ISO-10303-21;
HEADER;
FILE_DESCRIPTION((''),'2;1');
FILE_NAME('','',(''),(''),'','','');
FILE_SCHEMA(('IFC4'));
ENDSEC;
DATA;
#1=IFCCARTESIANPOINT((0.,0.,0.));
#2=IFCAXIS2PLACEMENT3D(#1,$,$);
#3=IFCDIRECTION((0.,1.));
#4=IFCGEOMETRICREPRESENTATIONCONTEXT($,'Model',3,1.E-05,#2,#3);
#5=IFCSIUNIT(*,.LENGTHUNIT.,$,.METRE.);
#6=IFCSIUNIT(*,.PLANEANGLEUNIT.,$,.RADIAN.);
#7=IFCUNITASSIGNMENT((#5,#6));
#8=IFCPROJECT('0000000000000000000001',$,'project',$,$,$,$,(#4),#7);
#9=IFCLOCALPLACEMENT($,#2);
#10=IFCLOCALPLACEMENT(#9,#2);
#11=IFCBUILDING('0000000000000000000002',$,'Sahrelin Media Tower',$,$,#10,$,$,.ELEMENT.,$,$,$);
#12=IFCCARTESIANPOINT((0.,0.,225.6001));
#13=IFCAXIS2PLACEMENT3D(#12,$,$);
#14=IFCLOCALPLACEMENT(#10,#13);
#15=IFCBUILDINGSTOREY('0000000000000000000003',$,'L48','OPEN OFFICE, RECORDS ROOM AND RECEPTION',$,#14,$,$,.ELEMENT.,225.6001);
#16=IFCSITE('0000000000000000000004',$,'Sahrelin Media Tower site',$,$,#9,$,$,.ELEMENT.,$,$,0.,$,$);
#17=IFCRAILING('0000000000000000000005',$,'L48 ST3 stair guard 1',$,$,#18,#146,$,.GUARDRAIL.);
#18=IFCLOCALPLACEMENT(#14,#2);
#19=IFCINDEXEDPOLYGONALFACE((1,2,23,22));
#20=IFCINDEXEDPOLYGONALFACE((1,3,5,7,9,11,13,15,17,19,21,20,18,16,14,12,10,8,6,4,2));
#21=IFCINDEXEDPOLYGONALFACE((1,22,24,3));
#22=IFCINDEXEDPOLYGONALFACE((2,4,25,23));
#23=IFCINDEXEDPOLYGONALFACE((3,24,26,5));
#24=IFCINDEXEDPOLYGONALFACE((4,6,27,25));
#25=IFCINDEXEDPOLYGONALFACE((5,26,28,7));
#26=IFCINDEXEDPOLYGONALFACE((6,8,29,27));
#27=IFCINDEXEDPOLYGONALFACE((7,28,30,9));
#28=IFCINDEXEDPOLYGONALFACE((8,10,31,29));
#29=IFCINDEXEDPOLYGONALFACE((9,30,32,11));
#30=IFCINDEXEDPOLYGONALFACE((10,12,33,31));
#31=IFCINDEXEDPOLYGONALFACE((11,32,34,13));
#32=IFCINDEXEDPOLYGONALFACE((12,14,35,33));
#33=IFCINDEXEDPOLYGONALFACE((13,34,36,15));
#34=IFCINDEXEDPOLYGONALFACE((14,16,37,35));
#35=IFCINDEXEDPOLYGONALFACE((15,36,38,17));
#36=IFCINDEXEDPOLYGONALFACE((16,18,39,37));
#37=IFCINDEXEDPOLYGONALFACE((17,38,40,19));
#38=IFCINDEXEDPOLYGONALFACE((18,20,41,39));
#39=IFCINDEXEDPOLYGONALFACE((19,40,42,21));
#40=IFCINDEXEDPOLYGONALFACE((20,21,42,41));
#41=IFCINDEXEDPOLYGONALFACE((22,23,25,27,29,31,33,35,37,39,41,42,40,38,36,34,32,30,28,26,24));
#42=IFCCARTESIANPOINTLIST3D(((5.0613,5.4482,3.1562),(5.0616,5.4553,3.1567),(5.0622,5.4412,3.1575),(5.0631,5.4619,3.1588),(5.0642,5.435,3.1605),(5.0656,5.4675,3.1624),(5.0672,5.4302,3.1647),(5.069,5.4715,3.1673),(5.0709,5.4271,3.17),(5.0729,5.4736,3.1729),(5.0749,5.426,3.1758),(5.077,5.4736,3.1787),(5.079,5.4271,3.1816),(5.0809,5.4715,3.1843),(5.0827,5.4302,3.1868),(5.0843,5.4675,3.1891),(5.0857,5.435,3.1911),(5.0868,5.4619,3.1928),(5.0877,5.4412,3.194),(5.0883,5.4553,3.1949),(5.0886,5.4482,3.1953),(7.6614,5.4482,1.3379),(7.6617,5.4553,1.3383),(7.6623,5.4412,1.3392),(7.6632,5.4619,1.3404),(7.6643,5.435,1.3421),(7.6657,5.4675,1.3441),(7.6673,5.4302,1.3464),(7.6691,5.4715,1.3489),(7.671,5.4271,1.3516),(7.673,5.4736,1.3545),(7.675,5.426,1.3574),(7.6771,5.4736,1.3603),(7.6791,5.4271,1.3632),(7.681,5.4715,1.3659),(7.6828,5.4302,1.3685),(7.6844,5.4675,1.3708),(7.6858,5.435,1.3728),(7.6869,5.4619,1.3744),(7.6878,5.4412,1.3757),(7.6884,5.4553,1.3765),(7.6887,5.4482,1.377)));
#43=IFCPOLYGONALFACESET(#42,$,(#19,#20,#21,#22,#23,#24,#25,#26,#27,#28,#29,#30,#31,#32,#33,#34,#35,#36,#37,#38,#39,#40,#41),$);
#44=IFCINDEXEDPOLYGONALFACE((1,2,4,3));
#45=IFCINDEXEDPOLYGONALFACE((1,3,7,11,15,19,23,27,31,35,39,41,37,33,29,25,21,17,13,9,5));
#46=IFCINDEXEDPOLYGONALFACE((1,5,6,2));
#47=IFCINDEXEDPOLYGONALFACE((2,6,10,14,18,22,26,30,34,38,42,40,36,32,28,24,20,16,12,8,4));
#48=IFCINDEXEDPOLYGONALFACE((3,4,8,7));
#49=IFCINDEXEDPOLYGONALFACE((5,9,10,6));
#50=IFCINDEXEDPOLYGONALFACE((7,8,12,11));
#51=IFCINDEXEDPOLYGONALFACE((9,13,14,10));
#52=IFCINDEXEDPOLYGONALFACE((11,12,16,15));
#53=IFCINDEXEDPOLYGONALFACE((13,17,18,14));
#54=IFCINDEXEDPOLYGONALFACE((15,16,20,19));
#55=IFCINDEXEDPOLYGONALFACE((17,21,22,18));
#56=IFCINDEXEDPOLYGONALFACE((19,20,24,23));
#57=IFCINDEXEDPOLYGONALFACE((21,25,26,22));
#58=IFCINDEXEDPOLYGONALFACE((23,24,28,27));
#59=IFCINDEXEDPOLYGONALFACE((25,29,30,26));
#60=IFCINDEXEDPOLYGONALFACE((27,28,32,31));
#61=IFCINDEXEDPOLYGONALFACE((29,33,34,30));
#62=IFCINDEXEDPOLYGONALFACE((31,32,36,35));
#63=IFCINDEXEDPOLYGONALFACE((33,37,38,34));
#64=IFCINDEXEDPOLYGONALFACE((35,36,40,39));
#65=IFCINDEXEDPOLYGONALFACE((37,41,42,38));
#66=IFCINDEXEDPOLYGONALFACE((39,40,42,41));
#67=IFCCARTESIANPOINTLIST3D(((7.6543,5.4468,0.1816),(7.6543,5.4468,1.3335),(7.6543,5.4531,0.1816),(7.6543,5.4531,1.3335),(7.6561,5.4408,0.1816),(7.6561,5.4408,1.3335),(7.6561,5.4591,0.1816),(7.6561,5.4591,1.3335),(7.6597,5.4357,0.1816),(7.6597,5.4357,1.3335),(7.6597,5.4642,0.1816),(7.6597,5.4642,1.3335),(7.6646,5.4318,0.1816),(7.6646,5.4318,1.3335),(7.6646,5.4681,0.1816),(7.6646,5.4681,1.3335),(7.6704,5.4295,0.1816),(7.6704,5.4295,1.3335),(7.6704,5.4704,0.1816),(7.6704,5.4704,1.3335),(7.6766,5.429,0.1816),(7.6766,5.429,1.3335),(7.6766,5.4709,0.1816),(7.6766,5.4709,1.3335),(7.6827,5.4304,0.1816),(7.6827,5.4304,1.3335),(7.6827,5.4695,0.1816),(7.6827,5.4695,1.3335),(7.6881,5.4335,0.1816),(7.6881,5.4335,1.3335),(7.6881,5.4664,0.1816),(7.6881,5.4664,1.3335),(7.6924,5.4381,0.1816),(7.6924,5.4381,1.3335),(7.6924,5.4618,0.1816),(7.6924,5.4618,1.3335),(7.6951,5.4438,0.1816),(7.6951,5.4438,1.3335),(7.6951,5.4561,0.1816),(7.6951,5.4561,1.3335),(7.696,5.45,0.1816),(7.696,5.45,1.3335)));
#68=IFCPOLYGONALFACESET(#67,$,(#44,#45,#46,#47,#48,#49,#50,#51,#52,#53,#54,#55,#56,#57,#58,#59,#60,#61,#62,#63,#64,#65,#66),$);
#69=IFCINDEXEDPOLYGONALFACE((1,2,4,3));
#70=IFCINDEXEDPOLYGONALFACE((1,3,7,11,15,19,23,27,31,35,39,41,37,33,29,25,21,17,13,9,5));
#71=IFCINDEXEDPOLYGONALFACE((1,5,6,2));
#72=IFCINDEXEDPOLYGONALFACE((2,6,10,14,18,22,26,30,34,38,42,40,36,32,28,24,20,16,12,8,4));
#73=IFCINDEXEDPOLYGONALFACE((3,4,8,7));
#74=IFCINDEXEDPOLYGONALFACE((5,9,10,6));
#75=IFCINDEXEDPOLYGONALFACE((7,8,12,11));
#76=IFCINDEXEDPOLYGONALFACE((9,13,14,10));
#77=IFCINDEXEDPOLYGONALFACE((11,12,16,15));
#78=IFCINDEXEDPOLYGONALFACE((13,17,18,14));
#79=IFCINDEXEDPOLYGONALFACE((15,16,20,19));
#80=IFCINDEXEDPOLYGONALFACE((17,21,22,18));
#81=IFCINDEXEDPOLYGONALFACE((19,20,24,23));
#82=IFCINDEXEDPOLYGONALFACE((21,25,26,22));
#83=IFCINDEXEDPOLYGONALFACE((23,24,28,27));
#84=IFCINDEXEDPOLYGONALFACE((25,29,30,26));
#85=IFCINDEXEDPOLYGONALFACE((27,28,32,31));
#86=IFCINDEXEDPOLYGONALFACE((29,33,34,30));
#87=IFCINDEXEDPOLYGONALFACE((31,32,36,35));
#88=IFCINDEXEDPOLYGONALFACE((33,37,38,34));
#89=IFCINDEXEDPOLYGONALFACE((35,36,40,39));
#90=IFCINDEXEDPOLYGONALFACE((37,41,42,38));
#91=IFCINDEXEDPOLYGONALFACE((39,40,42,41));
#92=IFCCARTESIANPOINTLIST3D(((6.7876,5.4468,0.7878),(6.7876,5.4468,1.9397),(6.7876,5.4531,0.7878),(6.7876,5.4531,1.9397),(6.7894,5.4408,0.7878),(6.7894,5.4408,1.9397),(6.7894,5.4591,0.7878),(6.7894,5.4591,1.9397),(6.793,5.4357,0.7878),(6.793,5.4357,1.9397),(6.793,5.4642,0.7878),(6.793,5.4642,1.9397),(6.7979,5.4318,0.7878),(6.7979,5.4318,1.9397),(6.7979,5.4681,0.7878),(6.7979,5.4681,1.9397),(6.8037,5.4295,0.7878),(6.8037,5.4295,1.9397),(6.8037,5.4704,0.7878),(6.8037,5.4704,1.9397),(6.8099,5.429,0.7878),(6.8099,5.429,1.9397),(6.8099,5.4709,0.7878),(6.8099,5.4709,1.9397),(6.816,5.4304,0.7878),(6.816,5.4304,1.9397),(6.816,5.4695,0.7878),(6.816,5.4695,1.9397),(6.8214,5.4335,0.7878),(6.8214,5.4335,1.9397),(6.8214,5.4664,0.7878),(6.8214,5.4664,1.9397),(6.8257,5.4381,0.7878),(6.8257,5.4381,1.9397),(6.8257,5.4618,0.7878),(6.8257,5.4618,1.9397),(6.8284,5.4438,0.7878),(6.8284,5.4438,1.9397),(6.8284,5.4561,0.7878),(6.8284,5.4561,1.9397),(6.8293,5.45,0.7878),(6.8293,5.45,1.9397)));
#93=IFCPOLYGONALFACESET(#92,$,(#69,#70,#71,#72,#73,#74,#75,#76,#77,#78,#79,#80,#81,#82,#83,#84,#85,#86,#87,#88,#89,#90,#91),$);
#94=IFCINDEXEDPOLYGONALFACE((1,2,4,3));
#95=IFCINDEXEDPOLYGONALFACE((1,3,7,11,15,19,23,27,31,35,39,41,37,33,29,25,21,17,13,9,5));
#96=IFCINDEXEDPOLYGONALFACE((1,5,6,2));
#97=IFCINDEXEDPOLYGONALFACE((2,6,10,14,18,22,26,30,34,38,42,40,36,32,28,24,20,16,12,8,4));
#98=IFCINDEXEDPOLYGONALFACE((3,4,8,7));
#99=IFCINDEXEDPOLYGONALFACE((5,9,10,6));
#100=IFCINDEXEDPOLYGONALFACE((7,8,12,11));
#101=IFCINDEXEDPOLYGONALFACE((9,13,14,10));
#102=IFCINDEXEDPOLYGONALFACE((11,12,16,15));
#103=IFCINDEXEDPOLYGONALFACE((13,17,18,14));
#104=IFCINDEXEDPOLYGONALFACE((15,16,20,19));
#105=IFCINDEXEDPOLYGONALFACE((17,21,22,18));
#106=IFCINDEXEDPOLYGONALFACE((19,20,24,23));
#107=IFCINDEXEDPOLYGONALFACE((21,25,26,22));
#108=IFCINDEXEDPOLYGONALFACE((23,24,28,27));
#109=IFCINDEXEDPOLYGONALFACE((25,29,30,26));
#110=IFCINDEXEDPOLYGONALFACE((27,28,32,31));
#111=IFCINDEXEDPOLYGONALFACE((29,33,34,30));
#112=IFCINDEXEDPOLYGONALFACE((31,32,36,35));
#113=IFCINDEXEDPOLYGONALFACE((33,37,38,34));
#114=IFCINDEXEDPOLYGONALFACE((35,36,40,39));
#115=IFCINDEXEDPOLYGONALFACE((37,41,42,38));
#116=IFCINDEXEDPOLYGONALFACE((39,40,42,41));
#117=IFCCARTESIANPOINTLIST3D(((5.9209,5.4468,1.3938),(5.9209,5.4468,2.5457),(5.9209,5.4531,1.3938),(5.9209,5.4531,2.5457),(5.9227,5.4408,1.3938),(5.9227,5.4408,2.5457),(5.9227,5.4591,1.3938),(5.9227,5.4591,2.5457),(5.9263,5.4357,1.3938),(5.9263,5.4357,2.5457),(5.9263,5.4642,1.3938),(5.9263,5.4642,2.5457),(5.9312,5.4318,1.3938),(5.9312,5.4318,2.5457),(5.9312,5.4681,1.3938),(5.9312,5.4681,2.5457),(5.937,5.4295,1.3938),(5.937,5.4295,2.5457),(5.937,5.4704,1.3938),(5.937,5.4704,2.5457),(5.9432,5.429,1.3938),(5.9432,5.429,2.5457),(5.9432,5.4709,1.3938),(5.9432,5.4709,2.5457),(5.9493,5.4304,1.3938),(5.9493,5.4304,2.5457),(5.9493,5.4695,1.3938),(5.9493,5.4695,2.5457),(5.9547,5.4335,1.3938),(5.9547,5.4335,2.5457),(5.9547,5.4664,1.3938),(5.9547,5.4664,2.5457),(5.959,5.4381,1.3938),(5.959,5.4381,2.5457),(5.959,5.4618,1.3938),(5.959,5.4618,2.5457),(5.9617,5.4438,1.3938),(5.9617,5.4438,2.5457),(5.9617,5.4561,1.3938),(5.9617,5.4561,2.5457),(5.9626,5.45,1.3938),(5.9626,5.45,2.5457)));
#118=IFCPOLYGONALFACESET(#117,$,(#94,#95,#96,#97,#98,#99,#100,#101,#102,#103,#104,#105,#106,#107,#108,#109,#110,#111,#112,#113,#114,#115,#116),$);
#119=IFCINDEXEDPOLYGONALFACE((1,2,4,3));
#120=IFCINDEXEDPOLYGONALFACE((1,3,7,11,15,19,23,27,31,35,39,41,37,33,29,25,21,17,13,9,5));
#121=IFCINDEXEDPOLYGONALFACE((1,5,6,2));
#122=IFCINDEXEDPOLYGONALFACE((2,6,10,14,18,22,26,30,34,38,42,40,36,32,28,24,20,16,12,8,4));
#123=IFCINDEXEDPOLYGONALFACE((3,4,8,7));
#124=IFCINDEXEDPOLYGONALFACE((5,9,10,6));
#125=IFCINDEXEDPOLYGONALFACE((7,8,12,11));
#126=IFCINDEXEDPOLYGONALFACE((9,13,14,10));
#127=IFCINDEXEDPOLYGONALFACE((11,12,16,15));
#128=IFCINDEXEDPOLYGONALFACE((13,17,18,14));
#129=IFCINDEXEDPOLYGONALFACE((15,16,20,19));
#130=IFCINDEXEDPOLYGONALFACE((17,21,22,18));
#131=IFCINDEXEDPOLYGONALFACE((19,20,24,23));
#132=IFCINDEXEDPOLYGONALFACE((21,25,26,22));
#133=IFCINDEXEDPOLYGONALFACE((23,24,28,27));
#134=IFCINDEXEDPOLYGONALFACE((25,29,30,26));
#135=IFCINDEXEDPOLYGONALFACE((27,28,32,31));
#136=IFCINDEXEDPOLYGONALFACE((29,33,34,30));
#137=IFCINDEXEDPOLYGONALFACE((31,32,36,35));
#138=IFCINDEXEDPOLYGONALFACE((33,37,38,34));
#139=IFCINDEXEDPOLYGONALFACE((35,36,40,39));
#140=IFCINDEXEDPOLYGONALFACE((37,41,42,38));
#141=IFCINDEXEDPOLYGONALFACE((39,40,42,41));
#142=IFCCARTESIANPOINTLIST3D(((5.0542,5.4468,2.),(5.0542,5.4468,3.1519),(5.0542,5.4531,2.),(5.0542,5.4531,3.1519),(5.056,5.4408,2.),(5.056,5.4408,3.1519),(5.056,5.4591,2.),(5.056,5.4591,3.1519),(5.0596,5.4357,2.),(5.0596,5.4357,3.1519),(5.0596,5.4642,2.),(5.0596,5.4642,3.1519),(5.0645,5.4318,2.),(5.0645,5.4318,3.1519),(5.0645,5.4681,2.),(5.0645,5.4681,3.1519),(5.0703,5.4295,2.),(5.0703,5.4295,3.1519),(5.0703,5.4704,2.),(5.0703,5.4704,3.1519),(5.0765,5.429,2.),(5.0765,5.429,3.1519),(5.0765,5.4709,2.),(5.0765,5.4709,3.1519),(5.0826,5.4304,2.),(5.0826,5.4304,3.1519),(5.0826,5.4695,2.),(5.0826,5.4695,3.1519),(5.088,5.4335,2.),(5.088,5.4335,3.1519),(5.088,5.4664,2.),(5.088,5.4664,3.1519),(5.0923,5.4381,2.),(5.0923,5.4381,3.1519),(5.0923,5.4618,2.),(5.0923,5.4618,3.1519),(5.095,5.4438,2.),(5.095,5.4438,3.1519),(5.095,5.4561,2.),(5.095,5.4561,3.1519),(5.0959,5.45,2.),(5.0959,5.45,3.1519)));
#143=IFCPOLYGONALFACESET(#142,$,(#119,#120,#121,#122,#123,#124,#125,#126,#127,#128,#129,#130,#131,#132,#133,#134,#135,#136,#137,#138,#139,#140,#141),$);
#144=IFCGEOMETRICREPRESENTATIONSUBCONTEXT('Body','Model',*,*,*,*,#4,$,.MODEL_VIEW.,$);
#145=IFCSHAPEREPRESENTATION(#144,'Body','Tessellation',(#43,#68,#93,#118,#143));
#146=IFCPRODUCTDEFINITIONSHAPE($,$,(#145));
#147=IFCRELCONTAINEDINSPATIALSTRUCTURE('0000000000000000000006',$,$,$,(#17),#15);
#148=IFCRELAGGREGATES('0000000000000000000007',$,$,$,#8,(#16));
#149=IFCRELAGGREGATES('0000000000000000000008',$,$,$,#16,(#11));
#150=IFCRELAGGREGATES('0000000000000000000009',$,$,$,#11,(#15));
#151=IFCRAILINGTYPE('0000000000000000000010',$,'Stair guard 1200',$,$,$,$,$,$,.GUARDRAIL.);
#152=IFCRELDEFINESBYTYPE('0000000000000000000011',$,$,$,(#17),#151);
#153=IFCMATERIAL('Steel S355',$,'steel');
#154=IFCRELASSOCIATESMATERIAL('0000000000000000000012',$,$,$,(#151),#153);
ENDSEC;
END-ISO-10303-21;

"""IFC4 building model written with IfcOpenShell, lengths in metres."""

from ifc_helpers import new_model, si_unit, direction, frame, origin, origin_2d, place, context, subcontext, project, spatial, circle, extrude, material, type_object, element, save


model = new_model("IFC4")

# Units and contexts
model_context = context("Model", 3, precision=1e-05, world=origin(), true_north=direction((0.0, 1.0)))
body_context = subcontext(model_context, "Body", "Model", "MODEL_VIEW")
ifc_project = project(units=[si_unit("LENGTHUNIT", "METRE"), si_unit("PLANEANGLEUNIT", "RADIAN")], contexts=[model_context])

# Site, building, storey
site_placement = place(None, origin())
site = spatial("IfcSite", under=ifc_project, at=site_placement, Name="Sahrelin Media Tower site", CompositionType="ELEMENT", RefElevation=0.0)
building_placement = place(site_placement, origin())
building = spatial("IfcBuilding", under=site, at=building_placement, Name="Sahrelin Media Tower", CompositionType="ELEMENT")
storey_placement = place(building_placement, frame((0.0, 0.0, 225.6001)))
storey = spatial("IfcBuildingStorey", under=building, at=storey_placement, Name="L48", Description="OPEN OFFICE, RECORDS ROOM AND RECEPTION", CompositionType="ELEMENT", Elevation=225.6001)

# Shared definitions
ifc_material_1 = material(Name="Steel S355", Category="steel")

# Railing
railing_type_1 = type_object("IfcRailingType", Name="Stair guard 1200", PredefinedType="GUARDRAIL", material=ifc_material_1)
railing_1_placement = place(storey_placement, frame((7.675, 5.45, 0.1816)))
element("IfcRailing", 1, at=railing_1_placement, inside=storey, type_object=railing_type_1, Name="L48 ST3 stair guard 1", PredefinedType="GUARDRAIL", context=body_context, shape_type="SweptSolid", body=[
    extrude(circle(Radius=0.0239, at=origin_2d()), frame((0.0, 0.0, 1.1758), z_axis=(-0.819485, 0.0, 0.573101), x_axis=(0.0, -1.0, 0.0)), (0.0, 0.0, 1.0), 3.1729),
    extrude(circle(Radius=0.021, at=origin_2d()), origin(), (0.0, 0.0, 1.0), 1.1519),
    extrude(circle(Radius=0.021, at=origin_2d()), frame((-0.8667, 0.0, 0.6062)), (0.0, 0.0, 1.0), 1.1519),
    extrude(circle(Radius=0.021, at=origin_2d()), frame((-1.7334, 0.0, 1.2122)), (0.0, 0.0, 1.0), 1.1519),
    extrude(circle(Radius=0.021, at=origin_2d()), frame((-2.6001, 0.0, 1.8184)), (0.0, 0.0, 1.0), 1.1519),
])

save(model, "model.ifc")
